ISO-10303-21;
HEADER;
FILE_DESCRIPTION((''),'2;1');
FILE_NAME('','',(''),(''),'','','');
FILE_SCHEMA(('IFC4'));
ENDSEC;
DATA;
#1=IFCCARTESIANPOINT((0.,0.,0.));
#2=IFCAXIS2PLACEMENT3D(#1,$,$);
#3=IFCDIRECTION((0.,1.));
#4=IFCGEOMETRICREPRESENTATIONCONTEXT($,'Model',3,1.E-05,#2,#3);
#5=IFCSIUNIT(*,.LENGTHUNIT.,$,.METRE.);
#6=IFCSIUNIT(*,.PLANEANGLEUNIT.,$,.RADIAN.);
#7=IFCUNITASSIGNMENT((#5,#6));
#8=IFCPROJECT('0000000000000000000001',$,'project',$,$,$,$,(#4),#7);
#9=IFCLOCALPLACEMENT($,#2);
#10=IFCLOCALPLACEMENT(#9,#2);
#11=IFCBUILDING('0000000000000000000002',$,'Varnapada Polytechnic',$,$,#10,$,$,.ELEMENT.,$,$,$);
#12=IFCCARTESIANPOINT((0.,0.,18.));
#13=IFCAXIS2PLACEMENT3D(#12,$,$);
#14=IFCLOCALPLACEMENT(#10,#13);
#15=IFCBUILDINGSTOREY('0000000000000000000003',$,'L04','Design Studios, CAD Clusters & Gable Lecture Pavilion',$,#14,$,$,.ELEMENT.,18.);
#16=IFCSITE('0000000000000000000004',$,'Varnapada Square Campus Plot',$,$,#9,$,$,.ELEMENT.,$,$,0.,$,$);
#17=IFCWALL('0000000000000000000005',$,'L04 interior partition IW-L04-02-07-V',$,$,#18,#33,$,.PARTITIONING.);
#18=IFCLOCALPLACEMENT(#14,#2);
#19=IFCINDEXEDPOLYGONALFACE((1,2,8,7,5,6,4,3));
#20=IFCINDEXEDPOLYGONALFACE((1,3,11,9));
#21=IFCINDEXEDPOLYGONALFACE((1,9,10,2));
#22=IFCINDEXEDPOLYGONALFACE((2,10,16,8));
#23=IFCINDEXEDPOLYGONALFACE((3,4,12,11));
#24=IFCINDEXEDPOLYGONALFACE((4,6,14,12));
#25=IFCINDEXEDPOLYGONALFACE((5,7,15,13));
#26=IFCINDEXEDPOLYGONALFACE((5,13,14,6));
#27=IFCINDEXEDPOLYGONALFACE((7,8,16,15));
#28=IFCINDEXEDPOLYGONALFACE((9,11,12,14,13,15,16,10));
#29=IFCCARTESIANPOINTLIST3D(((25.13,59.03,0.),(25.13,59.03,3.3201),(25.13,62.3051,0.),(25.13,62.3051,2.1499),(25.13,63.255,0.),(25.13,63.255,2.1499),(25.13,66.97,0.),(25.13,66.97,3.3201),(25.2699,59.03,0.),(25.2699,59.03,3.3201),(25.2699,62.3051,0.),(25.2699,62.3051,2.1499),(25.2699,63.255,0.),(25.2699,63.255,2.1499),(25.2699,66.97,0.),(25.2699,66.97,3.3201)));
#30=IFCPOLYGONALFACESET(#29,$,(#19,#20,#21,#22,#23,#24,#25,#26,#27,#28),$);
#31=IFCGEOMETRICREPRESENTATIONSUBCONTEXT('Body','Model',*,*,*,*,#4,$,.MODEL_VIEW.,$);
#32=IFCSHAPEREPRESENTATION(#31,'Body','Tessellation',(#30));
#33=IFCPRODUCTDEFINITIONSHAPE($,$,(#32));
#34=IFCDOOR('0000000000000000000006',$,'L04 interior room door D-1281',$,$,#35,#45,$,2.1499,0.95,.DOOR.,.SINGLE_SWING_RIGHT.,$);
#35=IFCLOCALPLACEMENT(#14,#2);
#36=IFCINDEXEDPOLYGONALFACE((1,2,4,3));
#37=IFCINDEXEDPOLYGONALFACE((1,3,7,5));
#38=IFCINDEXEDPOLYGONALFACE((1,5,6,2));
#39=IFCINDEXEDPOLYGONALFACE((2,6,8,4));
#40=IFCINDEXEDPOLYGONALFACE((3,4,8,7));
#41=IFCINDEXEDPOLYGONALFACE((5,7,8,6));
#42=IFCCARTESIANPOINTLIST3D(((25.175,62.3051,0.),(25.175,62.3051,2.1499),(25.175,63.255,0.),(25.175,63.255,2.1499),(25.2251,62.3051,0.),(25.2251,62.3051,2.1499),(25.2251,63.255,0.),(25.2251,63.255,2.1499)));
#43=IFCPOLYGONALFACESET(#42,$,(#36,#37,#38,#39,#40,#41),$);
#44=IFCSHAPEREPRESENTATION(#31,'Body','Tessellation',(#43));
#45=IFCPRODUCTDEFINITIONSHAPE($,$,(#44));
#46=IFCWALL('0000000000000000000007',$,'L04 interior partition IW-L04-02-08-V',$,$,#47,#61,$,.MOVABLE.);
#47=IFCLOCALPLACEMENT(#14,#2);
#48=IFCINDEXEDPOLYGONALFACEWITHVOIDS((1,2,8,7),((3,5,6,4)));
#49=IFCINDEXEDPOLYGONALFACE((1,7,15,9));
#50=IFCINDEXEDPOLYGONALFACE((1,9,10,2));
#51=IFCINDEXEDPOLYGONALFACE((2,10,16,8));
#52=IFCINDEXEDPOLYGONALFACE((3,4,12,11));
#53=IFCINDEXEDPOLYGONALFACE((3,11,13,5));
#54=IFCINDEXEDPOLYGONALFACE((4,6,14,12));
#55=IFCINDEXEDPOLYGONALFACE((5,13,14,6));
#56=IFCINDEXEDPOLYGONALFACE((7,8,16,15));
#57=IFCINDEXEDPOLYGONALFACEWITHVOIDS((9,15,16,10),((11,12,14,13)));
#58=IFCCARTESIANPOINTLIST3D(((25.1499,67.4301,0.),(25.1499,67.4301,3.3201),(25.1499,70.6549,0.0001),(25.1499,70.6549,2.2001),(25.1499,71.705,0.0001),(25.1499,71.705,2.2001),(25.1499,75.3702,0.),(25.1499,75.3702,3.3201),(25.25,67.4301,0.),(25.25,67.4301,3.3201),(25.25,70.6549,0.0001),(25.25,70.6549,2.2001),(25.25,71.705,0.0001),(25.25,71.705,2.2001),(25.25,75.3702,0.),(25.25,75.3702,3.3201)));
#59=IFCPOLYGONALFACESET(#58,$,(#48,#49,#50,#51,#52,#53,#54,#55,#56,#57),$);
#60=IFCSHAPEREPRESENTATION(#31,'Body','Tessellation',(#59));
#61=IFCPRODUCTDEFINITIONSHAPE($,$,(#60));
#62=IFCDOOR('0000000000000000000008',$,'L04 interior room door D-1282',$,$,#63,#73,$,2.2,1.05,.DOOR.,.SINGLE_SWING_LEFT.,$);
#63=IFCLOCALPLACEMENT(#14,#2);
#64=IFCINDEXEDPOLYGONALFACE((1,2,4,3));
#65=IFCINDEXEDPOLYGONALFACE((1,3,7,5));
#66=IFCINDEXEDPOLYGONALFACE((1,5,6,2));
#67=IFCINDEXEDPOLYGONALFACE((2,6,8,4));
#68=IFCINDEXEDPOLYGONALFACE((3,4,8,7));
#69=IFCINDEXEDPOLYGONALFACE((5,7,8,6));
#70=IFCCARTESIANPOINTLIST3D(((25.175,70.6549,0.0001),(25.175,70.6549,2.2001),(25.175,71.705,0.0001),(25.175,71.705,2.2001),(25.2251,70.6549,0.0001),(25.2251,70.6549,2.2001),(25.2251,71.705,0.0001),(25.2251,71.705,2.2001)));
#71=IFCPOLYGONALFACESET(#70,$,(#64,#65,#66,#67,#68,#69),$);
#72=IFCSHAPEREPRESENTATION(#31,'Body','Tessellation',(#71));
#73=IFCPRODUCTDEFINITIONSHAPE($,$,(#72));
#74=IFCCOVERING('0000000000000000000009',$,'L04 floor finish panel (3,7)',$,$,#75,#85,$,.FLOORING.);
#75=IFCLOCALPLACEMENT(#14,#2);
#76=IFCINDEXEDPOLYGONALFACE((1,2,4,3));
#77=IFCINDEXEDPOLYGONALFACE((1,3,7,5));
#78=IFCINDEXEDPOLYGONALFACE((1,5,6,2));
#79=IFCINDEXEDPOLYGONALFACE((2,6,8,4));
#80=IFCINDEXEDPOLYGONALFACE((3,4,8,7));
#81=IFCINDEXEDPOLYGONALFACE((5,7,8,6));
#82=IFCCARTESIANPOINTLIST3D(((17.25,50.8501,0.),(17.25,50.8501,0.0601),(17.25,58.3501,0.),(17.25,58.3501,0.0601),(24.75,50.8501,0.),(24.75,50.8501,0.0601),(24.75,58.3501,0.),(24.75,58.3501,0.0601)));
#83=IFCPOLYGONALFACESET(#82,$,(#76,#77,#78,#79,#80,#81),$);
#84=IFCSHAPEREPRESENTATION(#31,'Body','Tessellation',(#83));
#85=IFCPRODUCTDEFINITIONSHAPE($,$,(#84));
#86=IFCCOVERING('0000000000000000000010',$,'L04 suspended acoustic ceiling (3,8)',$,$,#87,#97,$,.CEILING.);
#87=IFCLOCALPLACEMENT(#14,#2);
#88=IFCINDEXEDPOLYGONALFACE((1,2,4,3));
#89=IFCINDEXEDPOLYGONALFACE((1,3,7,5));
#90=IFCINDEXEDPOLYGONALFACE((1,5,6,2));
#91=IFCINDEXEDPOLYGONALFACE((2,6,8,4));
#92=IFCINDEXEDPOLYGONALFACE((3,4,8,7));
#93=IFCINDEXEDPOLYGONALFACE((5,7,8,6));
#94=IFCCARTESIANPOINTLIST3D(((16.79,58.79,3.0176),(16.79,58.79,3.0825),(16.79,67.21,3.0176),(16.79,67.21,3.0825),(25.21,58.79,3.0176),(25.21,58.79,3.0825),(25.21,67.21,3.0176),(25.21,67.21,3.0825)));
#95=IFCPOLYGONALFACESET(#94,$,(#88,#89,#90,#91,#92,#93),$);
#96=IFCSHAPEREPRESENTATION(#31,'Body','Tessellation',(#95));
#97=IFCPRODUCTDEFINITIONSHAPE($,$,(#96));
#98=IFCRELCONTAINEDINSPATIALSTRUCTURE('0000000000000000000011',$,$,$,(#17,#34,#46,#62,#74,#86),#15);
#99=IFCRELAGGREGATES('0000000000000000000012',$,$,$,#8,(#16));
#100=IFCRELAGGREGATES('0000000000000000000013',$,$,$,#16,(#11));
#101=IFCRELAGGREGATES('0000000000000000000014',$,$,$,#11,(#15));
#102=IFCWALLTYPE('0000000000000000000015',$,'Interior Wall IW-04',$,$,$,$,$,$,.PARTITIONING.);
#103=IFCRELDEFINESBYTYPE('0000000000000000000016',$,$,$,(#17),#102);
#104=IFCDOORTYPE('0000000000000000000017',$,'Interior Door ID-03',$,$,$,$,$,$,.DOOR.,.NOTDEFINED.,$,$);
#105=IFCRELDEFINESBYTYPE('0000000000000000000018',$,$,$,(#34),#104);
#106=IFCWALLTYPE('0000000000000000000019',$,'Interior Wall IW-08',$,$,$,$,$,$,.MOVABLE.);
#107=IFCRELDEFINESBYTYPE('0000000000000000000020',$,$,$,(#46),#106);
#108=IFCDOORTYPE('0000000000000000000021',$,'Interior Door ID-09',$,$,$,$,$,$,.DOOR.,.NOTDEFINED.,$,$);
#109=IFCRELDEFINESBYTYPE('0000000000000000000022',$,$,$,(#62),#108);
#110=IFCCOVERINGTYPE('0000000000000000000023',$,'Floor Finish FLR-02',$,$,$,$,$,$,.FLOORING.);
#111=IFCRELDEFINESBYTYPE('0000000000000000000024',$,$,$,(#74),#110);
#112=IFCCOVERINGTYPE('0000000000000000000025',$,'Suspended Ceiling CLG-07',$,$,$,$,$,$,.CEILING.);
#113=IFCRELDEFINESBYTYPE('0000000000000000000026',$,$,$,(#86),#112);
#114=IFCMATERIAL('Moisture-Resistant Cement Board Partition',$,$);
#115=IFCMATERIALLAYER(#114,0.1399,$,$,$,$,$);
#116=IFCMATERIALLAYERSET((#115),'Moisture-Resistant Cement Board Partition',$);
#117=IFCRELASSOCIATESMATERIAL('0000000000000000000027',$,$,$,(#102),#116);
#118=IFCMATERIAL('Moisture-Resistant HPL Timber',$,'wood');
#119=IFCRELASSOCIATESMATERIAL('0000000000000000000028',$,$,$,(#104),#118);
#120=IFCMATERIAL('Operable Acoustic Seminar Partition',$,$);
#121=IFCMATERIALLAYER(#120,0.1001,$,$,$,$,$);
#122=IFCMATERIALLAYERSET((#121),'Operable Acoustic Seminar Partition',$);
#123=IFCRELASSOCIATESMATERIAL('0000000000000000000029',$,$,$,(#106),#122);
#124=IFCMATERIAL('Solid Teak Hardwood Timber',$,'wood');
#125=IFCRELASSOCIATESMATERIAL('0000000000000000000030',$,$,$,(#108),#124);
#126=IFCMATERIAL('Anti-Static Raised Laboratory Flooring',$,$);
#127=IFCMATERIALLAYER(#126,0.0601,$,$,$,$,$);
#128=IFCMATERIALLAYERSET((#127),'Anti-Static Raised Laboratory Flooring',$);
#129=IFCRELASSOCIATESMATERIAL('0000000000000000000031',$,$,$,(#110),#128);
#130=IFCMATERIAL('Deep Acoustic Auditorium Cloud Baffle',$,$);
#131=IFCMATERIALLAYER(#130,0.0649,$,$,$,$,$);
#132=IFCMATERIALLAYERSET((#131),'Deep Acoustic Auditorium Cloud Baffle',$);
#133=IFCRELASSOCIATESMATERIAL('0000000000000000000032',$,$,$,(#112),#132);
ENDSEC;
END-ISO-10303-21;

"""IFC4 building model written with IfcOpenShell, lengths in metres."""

from ifc_helpers import new_model, si_unit, direction, frame, frame_2d, origin, origin_2d, place, context, subcontext, project, spatial, rectangle, extrude, material, layer, layer_set, type_object, element, fill, save


model = new_model("IFC4")

# Units and contexts
model_context = context("Model", 3, precision=1e-05, world=origin(), true_north=direction((0.0, 1.0)))
body_context = subcontext(model_context, "Body", "Model", "MODEL_VIEW")
ifc_project = project(units=[si_unit("LENGTHUNIT", "METRE"), si_unit("PLANEANGLEUNIT", "RADIAN")], contexts=[model_context])

# Site, building, storey
site_placement = place(None, origin())
site = spatial("IfcSite", under=ifc_project, at=site_placement, Name="Varnapada Square Campus Plot", CompositionType="ELEMENT", RefElevation=0.0)
building_placement = place(site_placement, origin())
building = spatial("IfcBuilding", under=site, at=building_placement, Name="Varnapada Polytechnic", CompositionType="ELEMENT")
storey_placement = place(building_placement, frame((0.0, 0.0, 18.0)))
storey = spatial("IfcBuildingStorey", under=building, at=storey_placement, Name="L04", Description="Design Studios, CAD Clusters & Gable Lecture Pavilion", CompositionType="ELEMENT", Elevation=18.0)

# Walls, openings, doors
ifc_material_1 = material(Name="Moisture-Resistant Cement Board Partition")
ifc_layer_1 = layer(ifc_material_1, 0.1399)
ifc_layer_set_1 = layer_set([ifc_layer_1], Name="Moisture-Resistant Cement Board Partition")
wall_type_1 = type_object("IfcWallType", Name="Interior Wall IW-04", PredefinedType="PARTITIONING", material=ifc_layer_set_1)
wall_1_placement = place(storey_placement, frame((25.2, 59.03, 0.0), z_axis=(0.0, 0.0, 1.0), x_axis=(0.0, 1.0, 0.0)))
wall_1 = element("IfcWall", 1, at=wall_1_placement, inside=storey, type_object=wall_type_1, Name="L04 interior partition IW-L04-02-07-V", PredefinedType="PARTITIONING", context=body_context, shape_type="SweptSolid", body=[
    extrude(rectangle(XDim=7.9399, YDim=0.1399, at=frame_2d((3.97, 0.0))), origin(), (0.0, 0.0, 1.0), 3.3201),
])
opening_1_placement = place(wall_1_placement, frame((3.2749, 0.0, 0.0)))
opening_1 = element("IfcOpeningElement", 2, at=opening_1_placement, cuts=wall_1, PredefinedType="OPENING", context=body_context, shape_type="SweptSolid", body=[
    extrude(rectangle(XDim=0.95, YDim=2.1499, at=frame_2d((0.4751, 1.075))), frame((0.0, 0.0798, 0.0), z_axis=(0.0, -1.0, 0.0), x_axis=(1.0, 0.0, 0.0)), (0.0, 0.0, 1.0), 0.1599),
])
ifc_material_2 = material(Name="Moisture-Resistant HPL Timber", Category="wood")
door_type_1 = type_object("IfcDoorType", Name="Interior Door ID-03", OperationType="NOTDEFINED", PredefinedType="DOOR", material=ifc_material_2)
door_1_placement = place(opening_1_placement, origin())
door_1 = element("IfcDoor", 3, at=door_1_placement, inside=storey, type_object=door_type_1, Name="L04 interior room door D-1281", OperationType="SINGLE_SWING_RIGHT", OverallHeight=2.1499, OverallWidth=0.95, PredefinedType="DOOR", context=body_context, shape_type="SweptSolid", body=[
    extrude(rectangle(XDim=0.95, YDim=2.1499, at=frame_2d((0.4751, 1.075))), frame((0.0, 0.0249, 0.0), z_axis=(0.0, -1.0, 0.0), x_axis=(1.0, 0.0, 0.0)), (0.0, 0.0, 1.0), 0.05),
])
fill(opening_1, door_1)
ifc_material_3 = material(Name="Operable Acoustic Seminar Partition")
ifc_layer_2 = layer(ifc_material_3, 0.1001)
ifc_layer_set_2 = layer_set([ifc_layer_2], Name="Operable Acoustic Seminar Partition")
wall_type_2 = type_object("IfcWallType", Name="Interior Wall IW-08", PredefinedType="MOVABLE", material=ifc_layer_set_2)
wall_2_placement = place(storey_placement, frame((25.2, 67.4299, 0.0), z_axis=(0.0, 0.0, 1.0), x_axis=(0.0, 1.0, 0.0)))
wall_2 = element("IfcWall", 4, at=wall_2_placement, inside=storey, type_object=wall_type_2, Name="L04 interior partition IW-L04-02-08-V", PredefinedType="MOVABLE", context=body_context, shape_type="SweptSolid", body=[
    extrude(rectangle(XDim=7.9402, YDim=0.1001, at=frame_2d((3.9702, 0.0))), origin(), (0.0, 0.0, 1.0), 3.3201),
])
opening_2_placement = place(wall_2_placement, frame((3.2251, 0.0, 0.0)))
opening_2 = element("IfcOpeningElement", 5, at=opening_2_placement, cuts=wall_2, PredefinedType="OPENING", context=body_context, shape_type="SweptSolid", body=[
    extrude(rectangle(XDim=1.05, YDim=2.2, at=frame_2d((0.5249, 1.1001))), frame((0.0, 0.0601, 0.0), z_axis=(0.0, -1.0, 0.0), x_axis=(1.0, 0.0, 0.0)), (0.0, 0.0, 1.0), 0.1201),
])
ifc_material_4 = material(Name="Solid Teak Hardwood Timber", Category="wood")
door_type_2 = type_object("IfcDoorType", Name="Interior Door ID-09", OperationType="NOTDEFINED", PredefinedType="DOOR", material=ifc_material_4)
door_2_placement = place(opening_2_placement, origin())
door_2 = element("IfcDoor", 6, at=door_2_placement, inside=storey, type_object=door_type_2, Name="L04 interior room door D-1282", OperationType="SINGLE_SWING_LEFT", OverallHeight=2.2, OverallWidth=1.05, PredefinedType="DOOR", context=body_context, shape_type="SweptSolid", body=[
    extrude(rectangle(XDim=1.05, YDim=2.2, at=frame_2d((0.5249, 1.1001))), frame((0.0, 0.0249, 0.0), z_axis=(0.0, -1.0, 0.0), x_axis=(1.0, 0.0, 0.0)), (0.0, 0.0, 1.0), 0.05),
])
fill(opening_2, door_2)

# Coverings
ifc_material_5 = material(Name="Anti-Static Raised Laboratory Flooring")
ifc_layer_3 = layer(ifc_material_5, 0.0601)
ifc_layer_set_3 = layer_set([ifc_layer_3], Name="Anti-Static Raised Laboratory Flooring")
covering_type_1 = type_object("IfcCoveringType", Name="Floor Finish FLR-02", PredefinedType="FLOORING", material=ifc_layer_set_3)
covering_1_placement = place(storey_placement, frame((21.0, 54.6001, 0.0), z_axis=(0.0, 0.0, 1.0), x_axis=(1.0, 0.0, 0.0)))
element("IfcCovering", 7, at=covering_1_placement, inside=storey, type_object=covering_type_1, Name="L04 floor finish panel (3,7)", PredefinedType="FLOORING", context=body_context, shape_type="SweptSolid", body=[
    extrude(rectangle(XDim=7.5, YDim=7.5, at=origin_2d()), origin(), (0.0, 0.0, 1.0), 0.0601),
])
ifc_material_6 = material(Name="Deep Acoustic Auditorium Cloud Baffle")
ifc_layer_4 = layer(ifc_material_6, 0.0649)
ifc_layer_set_4 = layer_set([ifc_layer_4], Name="Deep Acoustic Auditorium Cloud Baffle")
covering_type_2 = type_object("IfcCoveringType", Name="Suspended Ceiling CLG-07", PredefinedType="CEILING", material=ifc_layer_set_4)
covering_2_placement = place(storey_placement, frame((21.0, 63.0, 3.0176), z_axis=(0.0, 0.0, 1.0), x_axis=(1.0, 0.0, 0.0)))
element("IfcCovering", 8, at=covering_2_placement, inside=storey, type_object=covering_type_2, Name="L04 suspended acoustic ceiling (3,8)", PredefinedType="CEILING", context=body_context, shape_type="SweptSolid", body=[
    extrude(rectangle(XDim=8.4199, YDim=8.4199, at=origin_2d()), origin(), (0.0, 0.0, 1.0), 0.0649),
])

save(model, "model.ifc")
